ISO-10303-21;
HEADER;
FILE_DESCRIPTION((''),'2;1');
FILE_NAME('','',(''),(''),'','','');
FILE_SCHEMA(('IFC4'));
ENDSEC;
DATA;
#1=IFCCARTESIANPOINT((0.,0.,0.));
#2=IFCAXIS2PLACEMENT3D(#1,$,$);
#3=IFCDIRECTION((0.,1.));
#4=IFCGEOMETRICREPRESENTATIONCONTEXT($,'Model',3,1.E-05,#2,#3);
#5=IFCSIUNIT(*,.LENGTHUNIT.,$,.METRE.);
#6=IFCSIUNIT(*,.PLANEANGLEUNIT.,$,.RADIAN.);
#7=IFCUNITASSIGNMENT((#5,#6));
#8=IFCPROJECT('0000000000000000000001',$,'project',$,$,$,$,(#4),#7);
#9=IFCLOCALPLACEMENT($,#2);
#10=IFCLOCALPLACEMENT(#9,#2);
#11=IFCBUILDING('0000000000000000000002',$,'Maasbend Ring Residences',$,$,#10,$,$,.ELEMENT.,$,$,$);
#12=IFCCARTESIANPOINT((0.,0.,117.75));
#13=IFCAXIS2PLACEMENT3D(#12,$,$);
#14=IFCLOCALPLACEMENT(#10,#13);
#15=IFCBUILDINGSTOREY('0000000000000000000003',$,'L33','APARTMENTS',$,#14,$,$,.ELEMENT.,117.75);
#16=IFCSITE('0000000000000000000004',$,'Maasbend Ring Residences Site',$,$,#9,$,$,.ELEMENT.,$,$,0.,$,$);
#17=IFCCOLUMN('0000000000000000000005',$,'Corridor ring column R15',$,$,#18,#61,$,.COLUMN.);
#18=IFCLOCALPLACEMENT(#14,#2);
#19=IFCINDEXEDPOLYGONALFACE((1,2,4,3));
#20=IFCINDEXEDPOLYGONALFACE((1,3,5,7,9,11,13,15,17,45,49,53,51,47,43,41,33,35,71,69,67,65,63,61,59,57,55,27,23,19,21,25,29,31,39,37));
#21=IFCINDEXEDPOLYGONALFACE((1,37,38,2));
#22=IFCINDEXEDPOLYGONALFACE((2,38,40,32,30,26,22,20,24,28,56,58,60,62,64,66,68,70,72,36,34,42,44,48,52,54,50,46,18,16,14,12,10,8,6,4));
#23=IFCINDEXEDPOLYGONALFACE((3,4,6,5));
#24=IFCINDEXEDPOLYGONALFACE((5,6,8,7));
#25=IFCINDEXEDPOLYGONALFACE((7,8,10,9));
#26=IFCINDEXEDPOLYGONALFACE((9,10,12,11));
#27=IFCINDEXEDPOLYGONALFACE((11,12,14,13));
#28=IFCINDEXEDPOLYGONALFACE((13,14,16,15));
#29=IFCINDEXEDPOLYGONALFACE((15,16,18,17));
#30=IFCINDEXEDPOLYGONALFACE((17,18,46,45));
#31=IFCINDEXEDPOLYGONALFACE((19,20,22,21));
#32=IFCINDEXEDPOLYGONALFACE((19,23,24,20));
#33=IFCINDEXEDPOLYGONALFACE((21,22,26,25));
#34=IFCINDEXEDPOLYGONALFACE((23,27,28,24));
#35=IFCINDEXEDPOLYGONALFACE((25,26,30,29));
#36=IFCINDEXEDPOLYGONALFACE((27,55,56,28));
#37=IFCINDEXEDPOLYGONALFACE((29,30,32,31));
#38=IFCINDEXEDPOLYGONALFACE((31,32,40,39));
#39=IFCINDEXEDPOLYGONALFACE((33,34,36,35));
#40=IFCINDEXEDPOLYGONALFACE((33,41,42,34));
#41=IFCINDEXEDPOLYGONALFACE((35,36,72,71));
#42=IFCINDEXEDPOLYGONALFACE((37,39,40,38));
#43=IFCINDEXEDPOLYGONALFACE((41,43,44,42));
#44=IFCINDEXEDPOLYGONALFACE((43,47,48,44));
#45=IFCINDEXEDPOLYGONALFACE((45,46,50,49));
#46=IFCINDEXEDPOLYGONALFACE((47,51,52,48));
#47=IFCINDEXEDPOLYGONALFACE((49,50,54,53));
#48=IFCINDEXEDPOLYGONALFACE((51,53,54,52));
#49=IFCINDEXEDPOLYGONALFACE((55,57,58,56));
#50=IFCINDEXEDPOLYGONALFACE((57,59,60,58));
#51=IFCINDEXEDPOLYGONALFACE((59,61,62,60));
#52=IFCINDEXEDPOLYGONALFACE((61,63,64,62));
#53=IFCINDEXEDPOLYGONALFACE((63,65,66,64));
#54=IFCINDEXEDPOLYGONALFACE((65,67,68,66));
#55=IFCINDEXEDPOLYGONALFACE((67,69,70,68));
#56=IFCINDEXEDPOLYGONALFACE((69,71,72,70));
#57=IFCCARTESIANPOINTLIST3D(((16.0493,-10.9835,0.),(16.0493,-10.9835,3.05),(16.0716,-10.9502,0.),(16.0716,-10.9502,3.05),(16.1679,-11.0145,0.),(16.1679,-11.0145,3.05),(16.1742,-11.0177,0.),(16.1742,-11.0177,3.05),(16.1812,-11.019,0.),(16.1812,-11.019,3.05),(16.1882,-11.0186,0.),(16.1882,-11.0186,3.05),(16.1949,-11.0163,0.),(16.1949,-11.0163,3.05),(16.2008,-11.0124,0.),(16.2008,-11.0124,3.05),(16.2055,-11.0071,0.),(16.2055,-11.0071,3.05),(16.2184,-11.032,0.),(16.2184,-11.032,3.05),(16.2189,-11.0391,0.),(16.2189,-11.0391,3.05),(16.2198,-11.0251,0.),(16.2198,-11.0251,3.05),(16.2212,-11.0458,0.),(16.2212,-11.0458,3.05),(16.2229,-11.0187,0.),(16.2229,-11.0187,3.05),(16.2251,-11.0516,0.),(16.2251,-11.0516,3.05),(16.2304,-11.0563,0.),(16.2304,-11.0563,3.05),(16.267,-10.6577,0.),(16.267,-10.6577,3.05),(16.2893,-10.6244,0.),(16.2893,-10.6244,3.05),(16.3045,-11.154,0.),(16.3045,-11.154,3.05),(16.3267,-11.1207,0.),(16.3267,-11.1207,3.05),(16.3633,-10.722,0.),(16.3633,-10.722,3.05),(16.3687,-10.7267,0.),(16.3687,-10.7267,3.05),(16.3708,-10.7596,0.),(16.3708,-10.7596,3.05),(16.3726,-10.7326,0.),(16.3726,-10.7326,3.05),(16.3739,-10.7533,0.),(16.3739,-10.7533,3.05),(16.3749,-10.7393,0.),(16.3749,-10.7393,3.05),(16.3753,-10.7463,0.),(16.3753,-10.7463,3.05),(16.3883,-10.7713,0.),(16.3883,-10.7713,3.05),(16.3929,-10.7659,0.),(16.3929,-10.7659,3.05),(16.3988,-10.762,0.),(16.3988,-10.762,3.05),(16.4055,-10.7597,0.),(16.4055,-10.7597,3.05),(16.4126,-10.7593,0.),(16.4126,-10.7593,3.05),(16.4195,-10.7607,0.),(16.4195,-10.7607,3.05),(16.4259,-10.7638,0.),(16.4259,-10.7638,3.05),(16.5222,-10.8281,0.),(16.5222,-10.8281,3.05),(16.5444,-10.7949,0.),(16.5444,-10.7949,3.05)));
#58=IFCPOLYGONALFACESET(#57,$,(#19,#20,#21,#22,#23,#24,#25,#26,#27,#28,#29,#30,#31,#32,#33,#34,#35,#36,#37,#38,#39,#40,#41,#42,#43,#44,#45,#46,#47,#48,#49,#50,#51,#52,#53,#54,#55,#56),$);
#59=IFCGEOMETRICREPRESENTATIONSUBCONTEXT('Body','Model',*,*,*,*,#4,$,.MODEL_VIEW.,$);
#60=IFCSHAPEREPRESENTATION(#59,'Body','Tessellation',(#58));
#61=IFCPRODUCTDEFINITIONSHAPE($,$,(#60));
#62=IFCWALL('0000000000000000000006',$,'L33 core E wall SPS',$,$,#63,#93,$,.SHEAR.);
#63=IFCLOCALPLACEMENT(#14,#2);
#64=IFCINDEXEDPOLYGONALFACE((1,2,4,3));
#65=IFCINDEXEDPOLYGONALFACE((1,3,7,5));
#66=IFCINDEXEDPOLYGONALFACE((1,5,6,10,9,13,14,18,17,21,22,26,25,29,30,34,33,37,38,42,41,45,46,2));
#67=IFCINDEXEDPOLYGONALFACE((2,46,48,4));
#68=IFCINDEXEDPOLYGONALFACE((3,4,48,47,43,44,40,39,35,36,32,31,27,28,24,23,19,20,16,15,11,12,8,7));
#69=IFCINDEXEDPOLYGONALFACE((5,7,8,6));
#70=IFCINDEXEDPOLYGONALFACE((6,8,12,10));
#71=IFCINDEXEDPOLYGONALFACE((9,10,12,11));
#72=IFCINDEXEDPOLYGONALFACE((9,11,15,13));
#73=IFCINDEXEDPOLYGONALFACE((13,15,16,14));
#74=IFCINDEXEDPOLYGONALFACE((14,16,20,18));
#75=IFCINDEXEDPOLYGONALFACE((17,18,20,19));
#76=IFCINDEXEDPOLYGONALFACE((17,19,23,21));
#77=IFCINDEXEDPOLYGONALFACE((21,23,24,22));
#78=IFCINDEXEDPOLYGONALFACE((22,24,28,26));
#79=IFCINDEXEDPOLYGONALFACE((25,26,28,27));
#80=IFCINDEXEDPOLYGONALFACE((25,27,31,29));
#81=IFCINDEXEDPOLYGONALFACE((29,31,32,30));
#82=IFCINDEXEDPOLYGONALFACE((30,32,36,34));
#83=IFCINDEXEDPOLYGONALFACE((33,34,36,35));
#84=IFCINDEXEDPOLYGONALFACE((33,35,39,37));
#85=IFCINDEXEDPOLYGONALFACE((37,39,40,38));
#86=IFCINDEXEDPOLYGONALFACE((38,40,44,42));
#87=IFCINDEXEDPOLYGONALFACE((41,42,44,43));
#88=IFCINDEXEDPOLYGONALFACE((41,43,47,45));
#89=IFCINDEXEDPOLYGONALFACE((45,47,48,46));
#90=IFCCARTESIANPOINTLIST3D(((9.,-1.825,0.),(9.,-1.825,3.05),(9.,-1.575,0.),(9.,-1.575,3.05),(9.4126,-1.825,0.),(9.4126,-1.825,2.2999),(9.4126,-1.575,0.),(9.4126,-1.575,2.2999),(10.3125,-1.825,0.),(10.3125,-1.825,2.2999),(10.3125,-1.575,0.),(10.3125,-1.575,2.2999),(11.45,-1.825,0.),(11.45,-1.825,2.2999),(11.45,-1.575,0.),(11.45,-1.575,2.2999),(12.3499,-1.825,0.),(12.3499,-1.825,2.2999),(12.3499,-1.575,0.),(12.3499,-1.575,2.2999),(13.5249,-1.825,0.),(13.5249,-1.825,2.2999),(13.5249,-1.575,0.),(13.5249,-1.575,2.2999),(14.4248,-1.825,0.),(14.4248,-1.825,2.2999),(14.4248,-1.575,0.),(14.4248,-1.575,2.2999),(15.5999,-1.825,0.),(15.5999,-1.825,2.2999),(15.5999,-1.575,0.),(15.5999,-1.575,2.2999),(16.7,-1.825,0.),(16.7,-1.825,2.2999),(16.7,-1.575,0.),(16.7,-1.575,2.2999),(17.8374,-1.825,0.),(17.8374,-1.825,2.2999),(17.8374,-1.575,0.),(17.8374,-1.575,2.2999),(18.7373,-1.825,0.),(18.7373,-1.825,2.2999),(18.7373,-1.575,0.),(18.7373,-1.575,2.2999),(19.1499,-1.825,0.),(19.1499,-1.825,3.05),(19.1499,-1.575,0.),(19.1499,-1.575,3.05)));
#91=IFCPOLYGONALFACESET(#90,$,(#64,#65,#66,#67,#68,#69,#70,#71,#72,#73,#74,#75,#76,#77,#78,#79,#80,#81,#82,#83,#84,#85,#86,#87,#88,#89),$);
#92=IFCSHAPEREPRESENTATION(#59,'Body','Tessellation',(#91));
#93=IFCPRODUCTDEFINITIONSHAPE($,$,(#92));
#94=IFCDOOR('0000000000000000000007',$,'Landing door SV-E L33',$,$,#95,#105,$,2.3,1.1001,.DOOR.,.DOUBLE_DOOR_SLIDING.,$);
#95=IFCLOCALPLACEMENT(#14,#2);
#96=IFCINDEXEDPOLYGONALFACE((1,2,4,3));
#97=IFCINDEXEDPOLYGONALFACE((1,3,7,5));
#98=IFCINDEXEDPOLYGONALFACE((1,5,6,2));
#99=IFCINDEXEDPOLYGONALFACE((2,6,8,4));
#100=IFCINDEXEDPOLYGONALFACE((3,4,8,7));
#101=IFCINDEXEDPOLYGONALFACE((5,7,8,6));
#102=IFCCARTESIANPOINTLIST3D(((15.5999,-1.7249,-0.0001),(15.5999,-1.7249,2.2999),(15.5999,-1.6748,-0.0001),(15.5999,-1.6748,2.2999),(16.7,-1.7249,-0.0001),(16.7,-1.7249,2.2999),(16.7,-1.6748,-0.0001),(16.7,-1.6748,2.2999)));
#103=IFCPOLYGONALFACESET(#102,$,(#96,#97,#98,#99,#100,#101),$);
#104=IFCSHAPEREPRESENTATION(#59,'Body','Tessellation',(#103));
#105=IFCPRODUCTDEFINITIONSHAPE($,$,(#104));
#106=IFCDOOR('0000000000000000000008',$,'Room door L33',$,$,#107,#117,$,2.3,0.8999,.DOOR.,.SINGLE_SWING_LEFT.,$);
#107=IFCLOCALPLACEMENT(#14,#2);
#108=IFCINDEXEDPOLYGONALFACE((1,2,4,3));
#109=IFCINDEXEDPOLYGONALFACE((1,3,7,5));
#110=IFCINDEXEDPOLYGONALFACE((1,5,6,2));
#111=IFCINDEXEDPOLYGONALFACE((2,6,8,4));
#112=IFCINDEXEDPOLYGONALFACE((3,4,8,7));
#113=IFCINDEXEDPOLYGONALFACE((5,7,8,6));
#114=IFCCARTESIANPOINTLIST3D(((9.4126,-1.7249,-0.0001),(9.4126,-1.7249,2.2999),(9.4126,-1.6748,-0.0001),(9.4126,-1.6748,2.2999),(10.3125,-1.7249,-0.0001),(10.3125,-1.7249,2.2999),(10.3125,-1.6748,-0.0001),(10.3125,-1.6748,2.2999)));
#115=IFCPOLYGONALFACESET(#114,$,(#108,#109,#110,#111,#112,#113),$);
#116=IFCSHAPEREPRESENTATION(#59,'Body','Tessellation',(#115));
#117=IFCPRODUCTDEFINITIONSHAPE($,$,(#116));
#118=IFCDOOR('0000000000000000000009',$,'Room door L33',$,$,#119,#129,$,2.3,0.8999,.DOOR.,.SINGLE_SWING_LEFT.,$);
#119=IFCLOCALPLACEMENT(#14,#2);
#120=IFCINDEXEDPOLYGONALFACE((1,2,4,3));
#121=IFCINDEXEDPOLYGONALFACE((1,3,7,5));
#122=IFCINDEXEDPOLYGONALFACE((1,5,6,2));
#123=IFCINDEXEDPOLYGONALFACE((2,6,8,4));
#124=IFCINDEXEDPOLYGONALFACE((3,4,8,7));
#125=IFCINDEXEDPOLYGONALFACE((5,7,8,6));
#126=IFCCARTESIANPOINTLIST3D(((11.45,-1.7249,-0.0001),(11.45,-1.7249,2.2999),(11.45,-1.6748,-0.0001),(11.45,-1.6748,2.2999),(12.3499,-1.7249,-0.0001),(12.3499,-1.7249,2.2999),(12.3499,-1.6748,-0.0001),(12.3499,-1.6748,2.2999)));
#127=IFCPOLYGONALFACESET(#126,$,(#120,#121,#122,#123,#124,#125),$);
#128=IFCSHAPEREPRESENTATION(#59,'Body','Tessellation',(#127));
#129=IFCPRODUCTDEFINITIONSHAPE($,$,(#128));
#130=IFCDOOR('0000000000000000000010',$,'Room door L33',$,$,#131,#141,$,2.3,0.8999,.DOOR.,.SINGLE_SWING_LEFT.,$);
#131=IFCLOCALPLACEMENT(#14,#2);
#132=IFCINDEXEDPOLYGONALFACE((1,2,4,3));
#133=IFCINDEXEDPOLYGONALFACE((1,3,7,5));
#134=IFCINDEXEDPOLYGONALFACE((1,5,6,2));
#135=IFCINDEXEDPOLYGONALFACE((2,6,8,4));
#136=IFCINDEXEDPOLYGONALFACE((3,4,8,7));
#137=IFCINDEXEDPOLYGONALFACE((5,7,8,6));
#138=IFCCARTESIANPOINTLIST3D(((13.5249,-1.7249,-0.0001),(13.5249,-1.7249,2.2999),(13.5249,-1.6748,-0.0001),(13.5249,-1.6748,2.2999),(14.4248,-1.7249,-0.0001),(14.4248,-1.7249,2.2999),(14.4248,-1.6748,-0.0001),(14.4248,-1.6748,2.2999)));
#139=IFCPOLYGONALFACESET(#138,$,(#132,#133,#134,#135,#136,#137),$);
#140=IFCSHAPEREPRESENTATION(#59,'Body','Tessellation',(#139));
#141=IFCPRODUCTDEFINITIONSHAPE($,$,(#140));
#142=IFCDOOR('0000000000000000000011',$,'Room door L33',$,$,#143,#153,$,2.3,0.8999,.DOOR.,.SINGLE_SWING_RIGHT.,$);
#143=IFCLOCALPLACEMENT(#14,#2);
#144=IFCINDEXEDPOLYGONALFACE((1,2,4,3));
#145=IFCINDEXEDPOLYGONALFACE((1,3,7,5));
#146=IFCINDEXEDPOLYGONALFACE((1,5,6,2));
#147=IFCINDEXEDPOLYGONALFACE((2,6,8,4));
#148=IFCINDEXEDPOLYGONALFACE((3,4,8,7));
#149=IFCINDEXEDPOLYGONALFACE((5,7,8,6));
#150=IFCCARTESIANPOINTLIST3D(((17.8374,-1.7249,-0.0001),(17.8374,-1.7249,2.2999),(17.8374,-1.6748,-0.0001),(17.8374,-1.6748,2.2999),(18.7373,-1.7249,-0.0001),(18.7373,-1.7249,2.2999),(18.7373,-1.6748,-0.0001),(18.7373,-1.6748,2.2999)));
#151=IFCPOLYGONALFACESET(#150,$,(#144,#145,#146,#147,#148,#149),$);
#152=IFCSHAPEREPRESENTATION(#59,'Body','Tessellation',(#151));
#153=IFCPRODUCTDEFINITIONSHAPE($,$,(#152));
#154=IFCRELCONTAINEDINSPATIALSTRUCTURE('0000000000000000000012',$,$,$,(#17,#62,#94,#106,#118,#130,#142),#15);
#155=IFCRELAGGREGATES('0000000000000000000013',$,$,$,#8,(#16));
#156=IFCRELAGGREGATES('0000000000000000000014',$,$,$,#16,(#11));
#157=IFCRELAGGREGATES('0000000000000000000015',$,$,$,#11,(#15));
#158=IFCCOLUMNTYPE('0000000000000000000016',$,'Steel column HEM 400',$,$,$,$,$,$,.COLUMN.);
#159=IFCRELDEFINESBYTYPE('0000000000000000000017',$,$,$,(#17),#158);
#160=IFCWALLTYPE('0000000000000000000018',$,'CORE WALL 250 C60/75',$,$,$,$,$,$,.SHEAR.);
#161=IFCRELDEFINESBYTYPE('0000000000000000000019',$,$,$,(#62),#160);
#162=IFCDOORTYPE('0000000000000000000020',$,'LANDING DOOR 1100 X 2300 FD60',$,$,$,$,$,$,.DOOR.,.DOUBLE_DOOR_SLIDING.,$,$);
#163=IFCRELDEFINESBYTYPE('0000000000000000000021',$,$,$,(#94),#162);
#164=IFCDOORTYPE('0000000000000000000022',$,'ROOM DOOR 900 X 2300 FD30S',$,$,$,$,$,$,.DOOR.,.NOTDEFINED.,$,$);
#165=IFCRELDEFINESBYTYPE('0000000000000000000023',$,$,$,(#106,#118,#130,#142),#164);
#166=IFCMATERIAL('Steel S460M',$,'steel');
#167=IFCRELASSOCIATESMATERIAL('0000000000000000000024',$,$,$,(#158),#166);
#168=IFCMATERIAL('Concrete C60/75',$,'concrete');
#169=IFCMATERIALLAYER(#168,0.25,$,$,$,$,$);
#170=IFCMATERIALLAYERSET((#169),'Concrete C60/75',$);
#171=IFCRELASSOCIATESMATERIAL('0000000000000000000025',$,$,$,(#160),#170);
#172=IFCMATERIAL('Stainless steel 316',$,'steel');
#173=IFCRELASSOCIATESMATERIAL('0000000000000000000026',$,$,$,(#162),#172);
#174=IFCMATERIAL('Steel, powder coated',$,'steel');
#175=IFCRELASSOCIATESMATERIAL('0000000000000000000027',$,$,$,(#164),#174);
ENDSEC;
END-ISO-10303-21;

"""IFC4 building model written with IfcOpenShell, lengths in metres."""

from ifc_helpers import new_model, si_unit, direction, frame, frame_2d, origin, origin_2d, place, context, subcontext, project, spatial, rectangle, i_section, extrude, material, layer, layer_set, material_profile, profile_set, type_object, element, fill, save


model = new_model("IFC4")

# Units and contexts
model_context = context("Model", 3, precision=1e-05, world=origin(), true_north=direction((0.0, 1.0)))
body_context = subcontext(model_context, "Body", "Model", "MODEL_VIEW")
ifc_project = project(units=[si_unit("LENGTHUNIT", "METRE"), si_unit("PLANEANGLEUNIT", "RADIAN")], contexts=[model_context])

# Site, building, storey
site_placement = place(None, origin())
site = spatial("IfcSite", under=ifc_project, at=site_placement, Name="Maasbend Ring Residences Site", CompositionType="ELEMENT", RefElevation=0.0)
building_placement = place(site_placement, origin())
building = spatial("IfcBuilding", under=site, at=building_placement, Name="Maasbend Ring Residences", CompositionType="ELEMENT")
storey_placement = place(building_placement, frame((0.0, 0.0, 117.75)))
storey = spatial("IfcBuildingStorey", under=building, at=storey_placement, Name="L33", Description="APARTMENTS", CompositionType="ELEMENT", Elevation=117.75)

# Column
ifc_material_1 = material(Name="Steel S460M", Category="steel")
ifc_material_profile = material_profile(ifc_material_1, i_section(OverallWidth=0.3069, OverallDepth=0.4319, WebThickness=0.021, FlangeThickness=0.04, FilletRadius=0.0271, at=origin_2d()), Name="HEM 400")
ifc_profile_set = profile_set([ifc_material_profile], Name="Steel S460M")
column_type = type_object("IfcColumnType", Name="Steel column HEM 400", PredefinedType="COLUMN", material=ifc_profile_set)
column_placement = place(storey_placement, frame((16.2969, -10.8892, 0.0), z_axis=(0.0, 0.0, 1.0), x_axis=(0.83147, -0.55557, 0.0)))
element("IfcColumn", 1, at=column_placement, inside=storey, type_object=column_type, Name="Corridor ring column R15", PredefinedType="COLUMN", context=body_context, shape_type="SweptSolid", body=[
    extrude(i_section(OverallWidth=0.3069, OverallDepth=0.4319, WebThickness=0.021, FlangeThickness=0.04, FilletRadius=0.0271, at=origin_2d()), origin(), (0.0, 0.0, 1.0), 3.05),
])

# Wall, openings, doors
ifc_material_2 = material(Name="Concrete C60/75", Category="concrete")
ifc_layer_1 = layer(ifc_material_2, 0.25)
ifc_layer_set_1 = layer_set([ifc_layer_1], Name="Concrete C60/75")
wall_type_1 = type_object("IfcWallType", Name="CORE WALL 250 C60/75", PredefinedType="SHEAR", material=ifc_layer_set_1)
wall_1_placement = place(storey_placement, frame((19.1499, -1.7, 0.0), z_axis=(0.0, 0.0, 1.0), x_axis=(-1.0, 0.0, 0.0)))
wall_1 = element("IfcWall", 2, at=wall_1_placement, inside=storey, type_object=wall_type_1, Name="L33 core E wall SPS", PredefinedType="SHEAR", context=body_context, shape_type="SweptSolid", body=[
    extrude(rectangle(XDim=10.1499, YDim=0.25, at=frame_2d((5.075, 0.0))), origin(), (0.0, 0.0, 1.0), 3.05),
])
opening_1_placement = place(wall_1_placement, frame((2.45, 0.0, 0.0)))
opening_1 = element("IfcOpeningElement", 3, at=opening_1_placement, cuts=wall_1, PredefinedType="OPENING", context=body_context, shape_type="SweptSolid", body=[
    extrude(rectangle(XDim=1.1001, YDim=2.3, at=frame_2d((0.55, 1.1499))), frame((0.0, 0.135, 0.0), z_axis=(0.0, -1.0, 0.0), x_axis=(1.0, 0.0, 0.0)), (0.0, 0.0, 1.0), 0.27),
])
opening_2_placement = place(wall_1_placement, frame((8.8374, 0.0, 0.0)))
opening_2 = element("IfcOpeningElement", 4, at=opening_2_placement, cuts=wall_1, PredefinedType="OPENING", context=body_context, shape_type="SweptSolid", body=[
    extrude(rectangle(XDim=0.8999, YDim=2.3, at=frame_2d((0.45, 1.1499))), frame((0.0, 0.135, 0.0), z_axis=(0.0, -1.0, 0.0), x_axis=(1.0, 0.0, 0.0)), (0.0, 0.0, 1.0), 0.27),
])
opening_3_placement = place(wall_1_placement, frame((6.8, 0.0, 0.0)))
opening_3 = element("IfcOpeningElement", 5, at=opening_3_placement, cuts=wall_1, PredefinedType="OPENING", context=body_context, shape_type="SweptSolid", body=[
    extrude(rectangle(XDim=0.8999, YDim=2.3, at=frame_2d((0.45, 1.1499))), frame((0.0, 0.135, 0.0), z_axis=(0.0, -1.0, 0.0), x_axis=(1.0, 0.0, 0.0)), (0.0, 0.0, 1.0), 0.27),
])
opening_4_placement = place(wall_1_placement, frame((4.7251, 0.0, 0.0)))
opening_4 = element("IfcOpeningElement", 6, at=opening_4_placement, cuts=wall_1, PredefinedType="OPENING", context=body_context, shape_type="SweptSolid", body=[
    extrude(rectangle(XDim=0.8999, YDim=2.3, at=frame_2d((0.45, 1.1499))), frame((0.0, 0.135, 0.0), z_axis=(0.0, -1.0, 0.0), x_axis=(1.0, 0.0, 0.0)), (0.0, 0.0, 1.0), 0.27),
])
opening_5_placement = place(wall_1_placement, frame((0.4126, 0.0, 0.0)))
opening_5 = element("IfcOpeningElement", 7, at=opening_5_placement, cuts=wall_1, PredefinedType="OPENING", context=body_context, shape_type="SweptSolid", body=[
    extrude(rectangle(XDim=0.8999, YDim=2.3, at=frame_2d((0.45, 1.1499))), frame((0.0, 0.135, 0.0), z_axis=(0.0, -1.0, 0.0), x_axis=(1.0, 0.0, 0.0)), (0.0, 0.0, 1.0), 0.27),
])
ifc_material_3 = material(Name="Stainless steel 316", Category="steel")
door_type_1 = type_object("IfcDoorType", Name="LANDING DOOR 1100 X 2300 FD60", OperationType="DOUBLE_DOOR_SLIDING", PredefinedType="DOOR", material=ifc_material_3)
door_1_placement = place(opening_1_placement, origin())
door_1 = element("IfcDoor", 8, at=door_1_placement, inside=storey, type_object=door_type_1, Name="Landing door SV-E L33", OperationType="DOUBLE_DOOR_SLIDING", OverallHeight=2.3, OverallWidth=1.1001, PredefinedType="DOOR", context=body_context, shape_type="SweptSolid", body=[
    extrude(rectangle(XDim=1.1001, YDim=2.3, at=frame_2d((0.55, 1.1499))), frame((0.0, 0.0249, 0.0), z_axis=(0.0, -1.0, 0.0), x_axis=(1.0, 0.0, 0.0)), (0.0, 0.0, 1.0), 0.05),
])
fill(opening_1, door_1)
ifc_material_4 = material(Name="Steel, powder coated", Category="steel")
door_type_2 = type_object("IfcDoorType", Name="ROOM DOOR 900 X 2300 FD30S", OperationType="NOTDEFINED", PredefinedType="DOOR", material=ifc_material_4)
door_2_placement = place(opening_2_placement, origin())
door_2 = element("IfcDoor", 9, at=door_2_placement, inside=storey, type_object=door_type_2, Name="Room door L33", OperationType="SINGLE_SWING_LEFT", OverallHeight=2.3, OverallWidth=0.8999, PredefinedType="DOOR", context=body_context, shape_type="SweptSolid", body=[
    extrude(rectangle(XDim=0.8999, YDim=2.3, at=frame_2d((0.45, 1.1499))), frame((0.0, 0.0249, 0.0), z_axis=(0.0, -1.0, 0.0), x_axis=(1.0, 0.0, 0.0)), (0.0, 0.0, 1.0), 0.05),
])
fill(opening_2, door_2)
door_3_placement = place(opening_3_placement, origin())
door_3 = element("IfcDoor", 10, at=door_3_placement, inside=storey, type_object=door_type_2, Name="Room door L33", OperationType="SINGLE_SWING_LEFT", OverallHeight=2.3, OverallWidth=0.8999, PredefinedType="DOOR", context=body_context, shape_type="SweptSolid", body=[
    extrude(rectangle(XDim=0.8999, YDim=2.3, at=frame_2d((0.45, 1.1499))), frame((0.0, 0.0249, 0.0), z_axis=(0.0, -1.0, 0.0), x_axis=(1.0, 0.0, 0.0)), (0.0, 0.0, 1.0), 0.05),
])
fill(opening_3, door_3)
door_4_placement = place(opening_4_placement, origin())
door_4 = element("IfcDoor", 11, at=door_4_placement, inside=storey, type_object=door_type_2, Name="Room door L33", OperationType="SINGLE_SWING_LEFT", OverallHeight=2.3, OverallWidth=0.8999, PredefinedType="DOOR", context=body_context, shape_type="SweptSolid", body=[
    extrude(rectangle(XDim=0.8999, YDim=2.3, at=frame_2d((0.45, 1.1499))), frame((0.0, 0.0249, 0.0), z_axis=(0.0, -1.0, 0.0), x_axis=(1.0, 0.0, 0.0)), (0.0, 0.0, 1.0), 0.05),
])
fill(opening_4, door_4)
door_5_placement = place(opening_5_placement, origin())
door_5 = element("IfcDoor", 12, at=door_5_placement, inside=storey, type_object=door_type_2, Name="Room door L33", OperationType="SINGLE_SWING_RIGHT", OverallHeight=2.3, OverallWidth=0.8999, PredefinedType="DOOR", context=body_context, shape_type="SweptSolid", body=[
    extrude(rectangle(XDim=0.8999, YDim=2.3, at=frame_2d((0.45, 1.1499))), frame((0.0, 0.0249, 0.0), z_axis=(0.0, -1.0, 0.0), x_axis=(1.0, 0.0, 0.0)), (0.0, 0.0, 1.0), 0.05),
])
fill(opening_5, door_5)

save(model, "model.ifc")
